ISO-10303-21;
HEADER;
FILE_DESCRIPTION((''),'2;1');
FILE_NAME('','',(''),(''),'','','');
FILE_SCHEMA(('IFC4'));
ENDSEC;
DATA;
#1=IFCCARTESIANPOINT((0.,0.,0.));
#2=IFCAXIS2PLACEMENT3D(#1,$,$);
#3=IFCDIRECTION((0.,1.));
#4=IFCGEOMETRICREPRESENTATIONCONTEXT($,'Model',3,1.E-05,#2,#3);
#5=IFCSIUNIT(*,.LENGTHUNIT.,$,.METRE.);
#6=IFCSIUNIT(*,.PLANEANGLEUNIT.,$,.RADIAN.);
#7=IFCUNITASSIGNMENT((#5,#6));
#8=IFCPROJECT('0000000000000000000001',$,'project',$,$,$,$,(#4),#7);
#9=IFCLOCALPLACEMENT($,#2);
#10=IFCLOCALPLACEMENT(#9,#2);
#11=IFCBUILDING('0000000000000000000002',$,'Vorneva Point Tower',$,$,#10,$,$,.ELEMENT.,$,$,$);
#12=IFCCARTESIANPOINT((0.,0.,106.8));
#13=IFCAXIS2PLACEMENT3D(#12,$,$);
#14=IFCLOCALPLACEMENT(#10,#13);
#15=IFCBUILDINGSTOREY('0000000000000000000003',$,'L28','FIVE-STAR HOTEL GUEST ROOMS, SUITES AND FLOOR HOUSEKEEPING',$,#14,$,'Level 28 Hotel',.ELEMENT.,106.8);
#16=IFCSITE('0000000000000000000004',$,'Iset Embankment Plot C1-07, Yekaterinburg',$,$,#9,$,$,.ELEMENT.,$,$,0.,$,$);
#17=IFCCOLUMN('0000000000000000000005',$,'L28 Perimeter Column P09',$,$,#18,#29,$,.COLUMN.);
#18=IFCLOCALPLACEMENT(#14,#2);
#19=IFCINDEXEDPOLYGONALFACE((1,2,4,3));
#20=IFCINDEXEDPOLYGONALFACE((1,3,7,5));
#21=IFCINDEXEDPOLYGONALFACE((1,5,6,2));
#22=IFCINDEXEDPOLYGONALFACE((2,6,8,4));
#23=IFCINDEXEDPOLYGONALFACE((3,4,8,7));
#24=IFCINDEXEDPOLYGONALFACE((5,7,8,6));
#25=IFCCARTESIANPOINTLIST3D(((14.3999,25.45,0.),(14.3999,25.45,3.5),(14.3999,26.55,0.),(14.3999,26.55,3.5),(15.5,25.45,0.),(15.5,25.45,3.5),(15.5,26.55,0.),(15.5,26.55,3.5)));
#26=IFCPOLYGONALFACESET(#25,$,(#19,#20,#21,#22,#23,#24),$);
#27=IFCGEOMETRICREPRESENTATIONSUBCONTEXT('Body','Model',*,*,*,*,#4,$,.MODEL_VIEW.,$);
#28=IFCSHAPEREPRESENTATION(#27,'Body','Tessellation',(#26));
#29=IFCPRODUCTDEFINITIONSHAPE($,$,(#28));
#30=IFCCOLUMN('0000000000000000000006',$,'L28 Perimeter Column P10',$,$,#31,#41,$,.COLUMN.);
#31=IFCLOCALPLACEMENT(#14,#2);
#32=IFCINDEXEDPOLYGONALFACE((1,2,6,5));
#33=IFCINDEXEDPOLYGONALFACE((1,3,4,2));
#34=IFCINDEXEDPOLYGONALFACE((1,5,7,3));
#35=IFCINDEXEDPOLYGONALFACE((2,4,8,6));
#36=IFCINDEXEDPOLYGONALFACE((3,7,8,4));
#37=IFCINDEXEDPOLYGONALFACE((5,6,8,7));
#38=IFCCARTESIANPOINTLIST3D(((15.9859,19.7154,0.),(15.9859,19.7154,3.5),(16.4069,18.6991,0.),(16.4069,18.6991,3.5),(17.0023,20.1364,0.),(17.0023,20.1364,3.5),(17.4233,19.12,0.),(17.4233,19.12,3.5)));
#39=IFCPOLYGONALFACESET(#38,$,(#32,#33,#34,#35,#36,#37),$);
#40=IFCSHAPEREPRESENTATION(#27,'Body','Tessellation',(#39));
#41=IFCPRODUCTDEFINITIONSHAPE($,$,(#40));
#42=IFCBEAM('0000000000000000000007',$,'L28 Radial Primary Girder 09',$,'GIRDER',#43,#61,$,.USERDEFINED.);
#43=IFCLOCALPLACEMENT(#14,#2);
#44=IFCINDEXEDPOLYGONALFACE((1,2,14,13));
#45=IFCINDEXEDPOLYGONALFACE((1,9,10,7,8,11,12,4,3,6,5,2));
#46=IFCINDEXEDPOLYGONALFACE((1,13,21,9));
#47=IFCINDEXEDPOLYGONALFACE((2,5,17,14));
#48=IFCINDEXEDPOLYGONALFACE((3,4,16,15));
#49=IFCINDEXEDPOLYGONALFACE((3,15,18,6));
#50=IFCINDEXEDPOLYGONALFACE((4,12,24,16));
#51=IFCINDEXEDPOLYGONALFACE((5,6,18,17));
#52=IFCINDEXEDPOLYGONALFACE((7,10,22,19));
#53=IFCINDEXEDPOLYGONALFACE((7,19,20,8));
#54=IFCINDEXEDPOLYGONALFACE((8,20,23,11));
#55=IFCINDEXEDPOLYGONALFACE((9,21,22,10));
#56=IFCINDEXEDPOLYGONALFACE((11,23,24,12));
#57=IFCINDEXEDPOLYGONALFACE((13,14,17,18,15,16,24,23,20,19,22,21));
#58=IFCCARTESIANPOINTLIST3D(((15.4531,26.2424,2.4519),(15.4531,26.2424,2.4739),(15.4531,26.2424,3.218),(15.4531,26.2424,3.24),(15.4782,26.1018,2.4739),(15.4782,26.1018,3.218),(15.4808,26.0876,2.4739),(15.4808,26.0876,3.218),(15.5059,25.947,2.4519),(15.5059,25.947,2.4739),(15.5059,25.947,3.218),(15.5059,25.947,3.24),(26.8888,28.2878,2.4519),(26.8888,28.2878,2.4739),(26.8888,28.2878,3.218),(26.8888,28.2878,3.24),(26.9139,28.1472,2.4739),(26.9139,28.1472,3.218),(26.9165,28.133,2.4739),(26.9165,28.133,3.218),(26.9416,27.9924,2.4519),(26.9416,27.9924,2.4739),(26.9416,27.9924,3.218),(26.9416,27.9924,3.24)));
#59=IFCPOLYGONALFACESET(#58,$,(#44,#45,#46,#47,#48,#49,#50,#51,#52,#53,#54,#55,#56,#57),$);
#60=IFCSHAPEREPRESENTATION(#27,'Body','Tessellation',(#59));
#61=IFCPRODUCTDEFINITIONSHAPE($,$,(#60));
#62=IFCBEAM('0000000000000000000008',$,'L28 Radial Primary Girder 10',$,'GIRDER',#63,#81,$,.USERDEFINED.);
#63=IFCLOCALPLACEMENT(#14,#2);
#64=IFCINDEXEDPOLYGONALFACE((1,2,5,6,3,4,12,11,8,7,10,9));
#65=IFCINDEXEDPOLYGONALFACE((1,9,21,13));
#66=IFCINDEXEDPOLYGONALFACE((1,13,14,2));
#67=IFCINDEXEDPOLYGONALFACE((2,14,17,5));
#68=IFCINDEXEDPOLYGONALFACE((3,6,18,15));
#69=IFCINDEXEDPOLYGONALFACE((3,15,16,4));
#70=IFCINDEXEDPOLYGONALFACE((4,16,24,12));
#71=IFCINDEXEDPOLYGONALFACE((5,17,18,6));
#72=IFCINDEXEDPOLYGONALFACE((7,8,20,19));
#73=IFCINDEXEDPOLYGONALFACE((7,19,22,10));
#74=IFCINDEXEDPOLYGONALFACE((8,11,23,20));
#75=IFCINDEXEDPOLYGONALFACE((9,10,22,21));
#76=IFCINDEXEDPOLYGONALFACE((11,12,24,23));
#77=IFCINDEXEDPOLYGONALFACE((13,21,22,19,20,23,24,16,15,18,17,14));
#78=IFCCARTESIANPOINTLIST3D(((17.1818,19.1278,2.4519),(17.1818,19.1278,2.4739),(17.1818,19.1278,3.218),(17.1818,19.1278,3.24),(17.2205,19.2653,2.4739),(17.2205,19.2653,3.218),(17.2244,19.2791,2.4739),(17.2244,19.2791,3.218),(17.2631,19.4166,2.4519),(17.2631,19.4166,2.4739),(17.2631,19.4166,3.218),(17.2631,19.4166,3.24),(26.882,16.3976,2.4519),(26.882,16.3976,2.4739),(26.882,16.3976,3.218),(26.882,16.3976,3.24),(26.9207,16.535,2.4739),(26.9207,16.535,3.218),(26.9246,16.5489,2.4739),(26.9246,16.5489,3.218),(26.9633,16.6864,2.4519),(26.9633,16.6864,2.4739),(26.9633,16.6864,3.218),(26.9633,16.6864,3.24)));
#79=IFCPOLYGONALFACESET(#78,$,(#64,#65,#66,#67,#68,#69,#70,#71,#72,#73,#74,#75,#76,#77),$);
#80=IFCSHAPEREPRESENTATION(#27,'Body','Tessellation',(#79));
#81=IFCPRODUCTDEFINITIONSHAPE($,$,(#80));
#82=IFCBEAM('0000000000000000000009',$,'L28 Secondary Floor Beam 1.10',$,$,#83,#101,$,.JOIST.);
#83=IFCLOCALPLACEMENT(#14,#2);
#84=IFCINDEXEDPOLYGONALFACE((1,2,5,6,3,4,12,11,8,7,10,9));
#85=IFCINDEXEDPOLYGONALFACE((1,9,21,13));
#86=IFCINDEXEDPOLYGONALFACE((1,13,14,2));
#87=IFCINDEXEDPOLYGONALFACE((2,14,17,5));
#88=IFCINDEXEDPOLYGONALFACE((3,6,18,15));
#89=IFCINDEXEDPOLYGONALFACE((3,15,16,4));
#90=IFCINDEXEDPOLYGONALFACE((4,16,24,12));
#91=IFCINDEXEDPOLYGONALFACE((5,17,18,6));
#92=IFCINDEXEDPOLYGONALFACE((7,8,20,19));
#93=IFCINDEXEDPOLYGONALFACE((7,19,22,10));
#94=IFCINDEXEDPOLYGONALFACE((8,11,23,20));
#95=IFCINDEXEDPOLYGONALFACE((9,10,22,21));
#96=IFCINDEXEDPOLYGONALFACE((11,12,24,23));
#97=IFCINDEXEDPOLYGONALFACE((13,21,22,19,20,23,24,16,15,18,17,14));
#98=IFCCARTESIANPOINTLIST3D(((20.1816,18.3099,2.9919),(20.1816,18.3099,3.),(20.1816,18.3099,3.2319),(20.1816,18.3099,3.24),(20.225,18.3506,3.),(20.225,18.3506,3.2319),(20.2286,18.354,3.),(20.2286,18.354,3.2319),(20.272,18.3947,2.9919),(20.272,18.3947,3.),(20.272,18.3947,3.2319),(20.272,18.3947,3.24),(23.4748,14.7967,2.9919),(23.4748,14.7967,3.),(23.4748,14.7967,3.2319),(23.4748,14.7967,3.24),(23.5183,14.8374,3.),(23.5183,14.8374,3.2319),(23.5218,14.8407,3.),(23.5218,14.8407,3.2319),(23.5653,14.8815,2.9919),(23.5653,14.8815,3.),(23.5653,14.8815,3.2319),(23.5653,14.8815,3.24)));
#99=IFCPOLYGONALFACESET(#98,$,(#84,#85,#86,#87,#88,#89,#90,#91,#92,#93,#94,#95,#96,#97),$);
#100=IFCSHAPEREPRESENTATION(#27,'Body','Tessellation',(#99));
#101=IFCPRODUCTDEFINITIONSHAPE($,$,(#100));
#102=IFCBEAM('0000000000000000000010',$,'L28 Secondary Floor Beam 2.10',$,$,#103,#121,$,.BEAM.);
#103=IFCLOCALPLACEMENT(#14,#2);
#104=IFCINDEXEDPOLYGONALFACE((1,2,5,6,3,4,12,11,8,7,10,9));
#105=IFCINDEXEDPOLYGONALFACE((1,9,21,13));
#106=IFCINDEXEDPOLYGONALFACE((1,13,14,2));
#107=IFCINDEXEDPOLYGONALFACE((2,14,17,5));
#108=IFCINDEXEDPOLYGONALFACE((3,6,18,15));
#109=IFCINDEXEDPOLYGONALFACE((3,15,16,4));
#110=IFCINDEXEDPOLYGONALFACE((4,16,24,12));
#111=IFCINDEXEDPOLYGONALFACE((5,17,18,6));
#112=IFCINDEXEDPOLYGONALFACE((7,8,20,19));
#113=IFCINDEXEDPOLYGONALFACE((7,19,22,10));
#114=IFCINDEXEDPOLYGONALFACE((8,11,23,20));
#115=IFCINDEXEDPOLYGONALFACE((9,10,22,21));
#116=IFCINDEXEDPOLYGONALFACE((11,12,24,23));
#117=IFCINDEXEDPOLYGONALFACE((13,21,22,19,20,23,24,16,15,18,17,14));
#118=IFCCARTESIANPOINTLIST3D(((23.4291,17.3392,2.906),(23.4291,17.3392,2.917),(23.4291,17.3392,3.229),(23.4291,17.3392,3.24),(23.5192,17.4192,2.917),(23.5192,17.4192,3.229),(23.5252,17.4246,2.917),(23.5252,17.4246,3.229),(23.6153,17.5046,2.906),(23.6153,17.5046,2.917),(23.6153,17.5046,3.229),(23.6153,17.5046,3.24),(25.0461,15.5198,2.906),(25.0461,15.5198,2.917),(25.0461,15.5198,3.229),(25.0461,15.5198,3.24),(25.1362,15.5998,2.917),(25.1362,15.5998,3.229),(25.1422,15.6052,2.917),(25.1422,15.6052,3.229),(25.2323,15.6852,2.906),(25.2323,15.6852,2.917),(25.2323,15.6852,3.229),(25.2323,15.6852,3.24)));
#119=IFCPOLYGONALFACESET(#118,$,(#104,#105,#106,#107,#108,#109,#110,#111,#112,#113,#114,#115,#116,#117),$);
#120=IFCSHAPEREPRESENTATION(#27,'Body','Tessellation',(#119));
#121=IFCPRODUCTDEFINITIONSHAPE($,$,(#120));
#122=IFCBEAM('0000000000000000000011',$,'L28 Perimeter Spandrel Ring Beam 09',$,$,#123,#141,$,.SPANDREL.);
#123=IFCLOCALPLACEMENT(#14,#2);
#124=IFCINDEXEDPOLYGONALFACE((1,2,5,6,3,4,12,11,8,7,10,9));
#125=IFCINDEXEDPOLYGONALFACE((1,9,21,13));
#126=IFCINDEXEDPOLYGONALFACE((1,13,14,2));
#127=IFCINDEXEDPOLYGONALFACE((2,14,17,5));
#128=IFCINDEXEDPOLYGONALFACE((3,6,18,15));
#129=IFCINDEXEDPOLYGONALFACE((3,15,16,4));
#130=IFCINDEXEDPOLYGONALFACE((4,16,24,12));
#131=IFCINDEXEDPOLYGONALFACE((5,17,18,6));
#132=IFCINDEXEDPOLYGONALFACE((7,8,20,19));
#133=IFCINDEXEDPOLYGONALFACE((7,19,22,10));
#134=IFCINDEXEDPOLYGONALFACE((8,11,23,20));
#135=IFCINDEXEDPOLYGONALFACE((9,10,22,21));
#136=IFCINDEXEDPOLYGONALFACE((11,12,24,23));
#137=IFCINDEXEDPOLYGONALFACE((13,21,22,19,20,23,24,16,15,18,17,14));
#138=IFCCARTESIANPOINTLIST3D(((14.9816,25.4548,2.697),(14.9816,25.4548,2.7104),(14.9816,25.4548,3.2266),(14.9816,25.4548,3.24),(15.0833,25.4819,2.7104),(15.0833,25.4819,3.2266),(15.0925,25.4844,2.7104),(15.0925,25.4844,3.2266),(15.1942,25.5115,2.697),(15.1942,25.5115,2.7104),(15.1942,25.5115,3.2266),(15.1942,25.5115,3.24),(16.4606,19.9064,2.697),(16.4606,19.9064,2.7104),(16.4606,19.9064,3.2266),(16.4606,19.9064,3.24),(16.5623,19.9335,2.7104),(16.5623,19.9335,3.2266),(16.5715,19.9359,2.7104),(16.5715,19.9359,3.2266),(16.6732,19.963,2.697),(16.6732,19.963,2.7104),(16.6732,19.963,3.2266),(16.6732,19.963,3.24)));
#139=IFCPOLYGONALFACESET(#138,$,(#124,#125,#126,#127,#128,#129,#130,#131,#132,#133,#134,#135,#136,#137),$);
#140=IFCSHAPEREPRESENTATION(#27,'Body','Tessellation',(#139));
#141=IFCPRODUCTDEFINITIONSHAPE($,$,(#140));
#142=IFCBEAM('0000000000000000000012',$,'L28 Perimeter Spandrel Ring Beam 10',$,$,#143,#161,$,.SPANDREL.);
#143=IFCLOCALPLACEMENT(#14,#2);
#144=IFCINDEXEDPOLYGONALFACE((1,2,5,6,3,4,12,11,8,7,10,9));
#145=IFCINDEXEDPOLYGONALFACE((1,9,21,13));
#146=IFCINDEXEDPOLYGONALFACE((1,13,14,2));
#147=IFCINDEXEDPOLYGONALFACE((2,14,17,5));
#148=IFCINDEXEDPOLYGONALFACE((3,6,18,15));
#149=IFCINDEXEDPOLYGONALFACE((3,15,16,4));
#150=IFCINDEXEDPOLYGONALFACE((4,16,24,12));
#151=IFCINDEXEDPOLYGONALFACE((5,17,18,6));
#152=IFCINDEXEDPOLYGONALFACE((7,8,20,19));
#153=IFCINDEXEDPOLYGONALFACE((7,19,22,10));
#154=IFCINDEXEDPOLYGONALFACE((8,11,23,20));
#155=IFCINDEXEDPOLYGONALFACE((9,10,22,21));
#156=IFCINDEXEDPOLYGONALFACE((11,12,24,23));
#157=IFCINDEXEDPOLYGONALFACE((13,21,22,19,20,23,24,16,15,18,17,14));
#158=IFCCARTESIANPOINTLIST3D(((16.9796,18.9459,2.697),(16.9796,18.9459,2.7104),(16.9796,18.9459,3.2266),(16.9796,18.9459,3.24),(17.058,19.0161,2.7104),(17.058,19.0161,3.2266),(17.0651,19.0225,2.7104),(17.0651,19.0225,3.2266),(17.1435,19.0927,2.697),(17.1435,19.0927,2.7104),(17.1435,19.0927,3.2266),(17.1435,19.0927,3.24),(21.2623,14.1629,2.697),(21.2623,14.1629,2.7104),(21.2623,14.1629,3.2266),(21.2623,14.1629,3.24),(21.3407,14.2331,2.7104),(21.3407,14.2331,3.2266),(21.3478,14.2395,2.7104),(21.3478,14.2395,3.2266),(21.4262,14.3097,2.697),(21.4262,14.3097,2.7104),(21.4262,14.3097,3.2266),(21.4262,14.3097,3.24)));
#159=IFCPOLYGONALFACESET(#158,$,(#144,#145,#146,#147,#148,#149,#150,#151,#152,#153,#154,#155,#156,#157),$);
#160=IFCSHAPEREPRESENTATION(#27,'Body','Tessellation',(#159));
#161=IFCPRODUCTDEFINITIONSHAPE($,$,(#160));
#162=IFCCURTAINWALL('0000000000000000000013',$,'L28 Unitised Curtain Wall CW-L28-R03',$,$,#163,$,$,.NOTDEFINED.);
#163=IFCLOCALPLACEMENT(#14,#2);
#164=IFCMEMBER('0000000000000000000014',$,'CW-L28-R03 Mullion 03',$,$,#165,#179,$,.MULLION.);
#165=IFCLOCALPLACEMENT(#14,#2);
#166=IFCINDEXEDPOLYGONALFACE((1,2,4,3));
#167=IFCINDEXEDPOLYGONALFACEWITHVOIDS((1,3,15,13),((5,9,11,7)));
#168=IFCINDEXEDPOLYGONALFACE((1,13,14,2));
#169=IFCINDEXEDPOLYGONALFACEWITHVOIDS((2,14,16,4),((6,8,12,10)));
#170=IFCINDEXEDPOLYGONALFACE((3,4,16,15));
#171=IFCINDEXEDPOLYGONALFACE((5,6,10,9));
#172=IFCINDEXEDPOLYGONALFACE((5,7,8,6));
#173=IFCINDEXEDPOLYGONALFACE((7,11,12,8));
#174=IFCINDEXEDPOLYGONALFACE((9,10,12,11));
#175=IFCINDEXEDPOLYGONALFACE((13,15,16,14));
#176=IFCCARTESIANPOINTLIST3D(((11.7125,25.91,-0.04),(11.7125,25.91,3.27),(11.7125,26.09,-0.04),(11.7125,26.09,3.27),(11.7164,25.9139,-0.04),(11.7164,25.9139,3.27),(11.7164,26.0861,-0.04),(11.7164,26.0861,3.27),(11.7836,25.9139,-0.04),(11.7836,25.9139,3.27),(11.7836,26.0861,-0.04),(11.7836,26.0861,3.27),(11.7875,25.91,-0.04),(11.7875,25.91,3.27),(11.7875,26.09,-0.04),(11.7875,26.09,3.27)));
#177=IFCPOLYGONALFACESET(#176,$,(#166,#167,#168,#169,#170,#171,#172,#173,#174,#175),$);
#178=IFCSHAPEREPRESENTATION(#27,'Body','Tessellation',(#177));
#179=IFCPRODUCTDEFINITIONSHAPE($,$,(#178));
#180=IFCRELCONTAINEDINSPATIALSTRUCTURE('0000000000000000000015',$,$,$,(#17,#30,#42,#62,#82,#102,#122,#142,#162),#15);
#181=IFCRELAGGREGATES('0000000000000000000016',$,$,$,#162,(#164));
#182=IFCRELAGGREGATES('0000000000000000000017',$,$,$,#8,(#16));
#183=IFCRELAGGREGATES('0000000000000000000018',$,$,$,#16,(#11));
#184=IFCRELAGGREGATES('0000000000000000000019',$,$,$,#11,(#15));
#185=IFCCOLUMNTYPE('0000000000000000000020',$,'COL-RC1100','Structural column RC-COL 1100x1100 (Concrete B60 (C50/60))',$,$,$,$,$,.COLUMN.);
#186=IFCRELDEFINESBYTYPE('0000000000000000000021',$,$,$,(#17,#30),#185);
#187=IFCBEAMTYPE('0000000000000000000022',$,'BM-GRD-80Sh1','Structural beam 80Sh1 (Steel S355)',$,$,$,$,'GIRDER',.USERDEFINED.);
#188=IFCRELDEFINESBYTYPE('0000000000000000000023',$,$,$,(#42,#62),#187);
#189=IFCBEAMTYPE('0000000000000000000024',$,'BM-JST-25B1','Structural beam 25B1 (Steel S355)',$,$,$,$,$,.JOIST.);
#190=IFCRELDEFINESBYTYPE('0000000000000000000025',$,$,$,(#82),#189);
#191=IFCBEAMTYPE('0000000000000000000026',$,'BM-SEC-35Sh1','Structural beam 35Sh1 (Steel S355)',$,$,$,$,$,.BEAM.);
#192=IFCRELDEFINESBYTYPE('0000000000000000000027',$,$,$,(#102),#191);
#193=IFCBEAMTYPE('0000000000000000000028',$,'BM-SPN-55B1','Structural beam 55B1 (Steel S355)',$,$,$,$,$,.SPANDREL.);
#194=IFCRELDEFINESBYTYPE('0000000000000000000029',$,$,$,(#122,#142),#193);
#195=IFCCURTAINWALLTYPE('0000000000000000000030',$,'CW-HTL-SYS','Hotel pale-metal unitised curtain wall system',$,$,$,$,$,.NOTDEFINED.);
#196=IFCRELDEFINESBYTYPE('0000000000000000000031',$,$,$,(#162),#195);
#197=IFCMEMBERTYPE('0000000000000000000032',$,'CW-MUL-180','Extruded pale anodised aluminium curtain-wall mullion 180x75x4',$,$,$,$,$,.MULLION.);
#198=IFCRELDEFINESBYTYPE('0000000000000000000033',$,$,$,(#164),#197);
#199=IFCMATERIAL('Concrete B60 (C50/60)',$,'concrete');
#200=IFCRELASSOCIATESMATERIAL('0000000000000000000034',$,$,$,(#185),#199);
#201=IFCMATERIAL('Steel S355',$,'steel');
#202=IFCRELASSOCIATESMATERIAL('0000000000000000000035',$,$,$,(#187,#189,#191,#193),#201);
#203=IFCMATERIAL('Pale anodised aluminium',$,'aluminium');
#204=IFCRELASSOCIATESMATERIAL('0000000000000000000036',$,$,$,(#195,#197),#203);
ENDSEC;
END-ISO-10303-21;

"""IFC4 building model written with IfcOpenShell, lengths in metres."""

from ifc_helpers import new_model, si_unit, direction, frame, origin, origin_2d, place, context, subcontext, project, spatial, rectangle, hollow_rectangle, i_section, extrude, material, material_profile, profile_set, type_object, element, aggregate, save


model = new_model("IFC4")

# Units and contexts
model_context = context("Model", 3, precision=1e-05, world=origin(), true_north=direction((0.0, 1.0)))
body_context = subcontext(model_context, "Body", "Model", "MODEL_VIEW")
ifc_project = project(units=[si_unit("LENGTHUNIT", "METRE"), si_unit("PLANEANGLEUNIT", "RADIAN")], contexts=[model_context])

# Site, building, storey
site_placement = place(None, origin())
site = spatial("IfcSite", under=ifc_project, at=site_placement, Name="Iset Embankment Plot C1-07, Yekaterinburg", CompositionType="ELEMENT", RefElevation=0.0)
building_placement = place(site_placement, origin())
building = spatial("IfcBuilding", under=site, at=building_placement, Name="Vorneva Point Tower", CompositionType="ELEMENT")
storey_placement = place(building_placement, frame((0.0, 0.0, 106.8)))
storey = spatial("IfcBuildingStorey", under=building, at=storey_placement, Name="L28", Description="FIVE-STAR HOTEL GUEST ROOMS, SUITES AND FLOOR HOUSEKEEPING", LongName="Level 28 Hotel", CompositionType="ELEMENT", Elevation=106.8)

# Columns
ifc_material_1 = material(Name="Concrete B60 (C50/60)", Category="concrete")
ifc_material_profile_1 = material_profile(ifc_material_1, rectangle(XDim=1.1001, YDim=1.1001, at=origin_2d()), Name="RC-COL 1100x1100")
ifc_profile_set_1 = profile_set([ifc_material_profile_1], Name="Concrete B60 (C50/60)")
column_type = type_object("IfcColumnType", Name="COL-RC1100", Description="Structural column RC-COL 1100x1100 (Concrete B60 (C50/60))", PredefinedType="COLUMN", material=ifc_profile_set_1)
for number, where, z_axis, x_axis, name in (
    (1, (14.95, 26.0, 0.0), (0.0, 0.0, 1.0), (-1.0, 0.0, 0.0), "L28 Perimeter Column P09"),
    (2, (16.7046, 19.4177, 0.0), (0.0, 0.0, 1.0), (-0.92388, -0.382683, 0.0), "L28 Perimeter Column P10"),
):
    element("IfcColumn", number, at=place(storey_placement, frame(where, z_axis=z_axis, x_axis=x_axis)), inside=storey, type_object=column_type, Name=name, PredefinedType="COLUMN", context=body_context, shape_type="SweptSolid", body=[
        extrude(rectangle(XDim=1.1001, YDim=1.1001, at=origin_2d()), origin(), (0.0, 0.0, 1.0), 3.5),
    ])

# Beams
ifc_material_2 = material(Name="Steel S355", Category="steel")
ifc_material_profile_2 = material_profile(ifc_material_2, i_section(OverallWidth=0.3, OverallDepth=0.7881, WebThickness=0.0144, FlangeThickness=0.022, at=origin_2d()), Name="80Sh1")
ifc_profile_set_2 = profile_set([ifc_material_profile_2], Name="Steel S355")
beam_type_1 = type_object("IfcBeamType", Name="BM-GRD-80Sh1", Description="Structural beam 80Sh1 (Steel S355)", ElementType="GIRDER", PredefinedType="USERDEFINED", material=ifc_profile_set_2)
beam_1_placement = place(storey_placement, frame((15.4795, 26.0947, 2.8459), z_axis=(0.984378, 0.176066, 0.0), x_axis=(-0.176066, 0.984378, 0.0)))
element("IfcBeam", 3, at=beam_1_placement, inside=storey, type_object=beam_type_1, Name="L28 Radial Primary Girder 09", ObjectType="GIRDER", PredefinedType="USERDEFINED", context=body_context, shape_type="SweptSolid", body=[
    extrude(i_section(OverallWidth=0.3, OverallDepth=0.7881, WebThickness=0.0144, FlangeThickness=0.022, at=origin_2d()), origin(), (0.0, 0.0, 1.0), 11.6172),
])
beam_2_placement = place(storey_placement, frame((17.2224, 19.2722, 2.8459), z_axis=(0.962598, -0.270934, 0.0), x_axis=(0.270934, 0.962598, 0.0)))
element("IfcBeam", 4, at=beam_2_placement, inside=storey, type_object=beam_type_1, Name="L28 Radial Primary Girder 10", ObjectType="GIRDER", PredefinedType="USERDEFINED", context=body_context, shape_type="SweptSolid", body=[
    extrude(i_section(OverallWidth=0.3, OverallDepth=0.7881, WebThickness=0.0144, FlangeThickness=0.022, at=origin_2d()), origin(), (0.0, 0.0, 1.0), 10.0771),
])
ifc_material_profile_3 = material_profile(ifc_material_2, i_section(OverallWidth=0.124, OverallDepth=0.248, WebThickness=0.0049, FlangeThickness=0.0081, at=origin_2d()), Name="25B1")
ifc_profile_set_3 = profile_set([ifc_material_profile_3], Name="Steel S355")
beam_type_2 = type_object("IfcBeamType", Name="BM-JST-25B1", Description="Structural beam 25B1 (Steel S355)", PredefinedType="JOIST", material=ifc_profile_set_3)
beam_3_placement = place(storey_placement, frame((20.2268, 18.3523, 3.116), z_axis=(0.683897, -0.729578, 0.0), x_axis=(0.729578, 0.683897, 0.0)))
element("IfcBeam", 5, at=beam_3_placement, inside=storey, type_object=beam_type_2, Name="L28 Secondary Floor Beam 1.10", PredefinedType="JOIST", context=body_context, shape_type="SweptSolid", body=[
    extrude(i_section(OverallWidth=0.124, OverallDepth=0.248, WebThickness=0.0049, FlangeThickness=0.0081, at=origin_2d()), origin(), (0.0, 0.0, 1.0), 4.8154),
])
ifc_material_profile_4 = material_profile(ifc_material_2, i_section(OverallWidth=0.249, OverallDepth=0.334, WebThickness=0.0081, FlangeThickness=0.011, at=origin_2d()), Name="35Sh1")
ifc_profile_set_4 = profile_set([ifc_material_profile_4], Name="Steel S355")
beam_type_3 = type_object("IfcBeamType", Name="BM-SEC-35Sh1", Description="Structural beam 35Sh1 (Steel S355)", PredefinedType="BEAM", material=ifc_profile_set_4)
beam_4_placement = place(storey_placement, frame((23.5222, 17.4219, 3.073), z_axis=(0.664308, -0.747459, 0.0), x_axis=(0.747459, 0.664308, 0.0)))
element("IfcBeam", 6, at=beam_4_placement, inside=storey, type_object=beam_type_3, Name="L28 Secondary Floor Beam 2.10", PredefinedType="BEAM", context=body_context, shape_type="SweptSolid", body=[
    extrude(i_section(OverallWidth=0.249, OverallDepth=0.334, WebThickness=0.0081, FlangeThickness=0.011, at=origin_2d()), origin(), (0.0, 0.0, 1.0), 2.4341),
])
ifc_material_profile_5 = material_profile(ifc_material_2, i_section(OverallWidth=0.22, OverallDepth=0.543, WebThickness=0.0095, FlangeThickness=0.0134, at=origin_2d()), Name="55B1")
ifc_profile_set_5 = profile_set([ifc_material_profile_5], Name="Steel S355")
beam_type_4 = type_object("IfcBeamType", Name="BM-SPN-55B1", Description="Structural beam 55B1 (Steel S355)", PredefinedType="SPANDREL", material=ifc_profile_set_5)
beam_5_placement = place(storey_placement, frame((15.0879, 25.4832, 2.9685), z_axis=(0.257573, -0.966259, 0.0), x_axis=(0.966259, 0.257573, 0.0)))
element("IfcBeam", 7, at=beam_5_placement, inside=storey, type_object=beam_type_4, Name="L28 Perimeter Spandrel Ring Beam 09", PredefinedType="SPANDREL", context=body_context, shape_type="SweptSolid", body=[
    extrude(i_section(OverallWidth=0.22, OverallDepth=0.543, WebThickness=0.0095, FlangeThickness=0.0134, at=origin_2d()), origin(), (0.0, 0.0, 1.0), 5.7422),
])
beam_6_placement = place(storey_placement, frame((17.0615, 19.0193, 2.9685), z_axis=(0.667074, -0.744992, 0.0), x_axis=(0.744992, 0.667074, 0.0)))
element("IfcBeam", 8, at=beam_6_placement, inside=storey, type_object=beam_type_4, Name="L28 Perimeter Spandrel Ring Beam 10", PredefinedType="SPANDREL", context=body_context, shape_type="SweptSolid", body=[
    extrude(i_section(OverallWidth=0.22, OverallDepth=0.543, WebThickness=0.0095, FlangeThickness=0.0134, at=origin_2d()), origin(), (0.0, 0.0, 1.0), 6.4202),
])

# Curtain wall, member
ifc_material_3 = material(Name="Pale anodised aluminium", Category="aluminium")
curtain_wall_type = type_object("IfcCurtainWallType", Name="CW-HTL-SYS", Description="Hotel pale-metal unitised curtain wall system", PredefinedType="NOTDEFINED", material=ifc_material_3)
curtain_wall_placement = place(storey_placement, origin())
curtain_wall = element("IfcCurtainWall", 9, at=curtain_wall_placement, inside=storey, type_object=curtain_wall_type, Name="L28 Unitised Curtain Wall CW-L28-R03", PredefinedType="NOTDEFINED")
ifc_material_profile_6 = material_profile(ifc_material_3, hollow_rectangle(XDim=0.075, YDim=0.1799, WallThickness=0.0039, at=origin_2d()), Name="AL-MUL 180x75x4")
ifc_profile_set_6 = profile_set([ifc_material_profile_6], Name="Pale anodised aluminium")
member_type_1 = type_object("IfcMemberType", Name="CW-MUL-180", Description="Extruded pale anodised aluminium curtain-wall mullion 180x75x4", PredefinedType="MULLION", material=ifc_profile_set_6)
member_1_placement = place(storey_placement, frame((11.75, 26.0, -0.04), z_axis=(0.0, 0.0, 1.0), x_axis=(1.0, 0.0, 0.0)))
member_1 = element("IfcMember", 10, at=member_1_placement, type_object=member_type_1, Name="CW-L28-R03 Mullion 03", PredefinedType="MULLION", context=body_context, shape_type="SweptSolid", body=[
    extrude(hollow_rectangle(XDim=0.075, YDim=0.1799, WallThickness=0.0039, at=origin_2d()), origin(), (0.0, 0.0, 1.0), 3.3101),
])
aggregate(curtain_wall, [member_1])

save(model, "model.ifc")
